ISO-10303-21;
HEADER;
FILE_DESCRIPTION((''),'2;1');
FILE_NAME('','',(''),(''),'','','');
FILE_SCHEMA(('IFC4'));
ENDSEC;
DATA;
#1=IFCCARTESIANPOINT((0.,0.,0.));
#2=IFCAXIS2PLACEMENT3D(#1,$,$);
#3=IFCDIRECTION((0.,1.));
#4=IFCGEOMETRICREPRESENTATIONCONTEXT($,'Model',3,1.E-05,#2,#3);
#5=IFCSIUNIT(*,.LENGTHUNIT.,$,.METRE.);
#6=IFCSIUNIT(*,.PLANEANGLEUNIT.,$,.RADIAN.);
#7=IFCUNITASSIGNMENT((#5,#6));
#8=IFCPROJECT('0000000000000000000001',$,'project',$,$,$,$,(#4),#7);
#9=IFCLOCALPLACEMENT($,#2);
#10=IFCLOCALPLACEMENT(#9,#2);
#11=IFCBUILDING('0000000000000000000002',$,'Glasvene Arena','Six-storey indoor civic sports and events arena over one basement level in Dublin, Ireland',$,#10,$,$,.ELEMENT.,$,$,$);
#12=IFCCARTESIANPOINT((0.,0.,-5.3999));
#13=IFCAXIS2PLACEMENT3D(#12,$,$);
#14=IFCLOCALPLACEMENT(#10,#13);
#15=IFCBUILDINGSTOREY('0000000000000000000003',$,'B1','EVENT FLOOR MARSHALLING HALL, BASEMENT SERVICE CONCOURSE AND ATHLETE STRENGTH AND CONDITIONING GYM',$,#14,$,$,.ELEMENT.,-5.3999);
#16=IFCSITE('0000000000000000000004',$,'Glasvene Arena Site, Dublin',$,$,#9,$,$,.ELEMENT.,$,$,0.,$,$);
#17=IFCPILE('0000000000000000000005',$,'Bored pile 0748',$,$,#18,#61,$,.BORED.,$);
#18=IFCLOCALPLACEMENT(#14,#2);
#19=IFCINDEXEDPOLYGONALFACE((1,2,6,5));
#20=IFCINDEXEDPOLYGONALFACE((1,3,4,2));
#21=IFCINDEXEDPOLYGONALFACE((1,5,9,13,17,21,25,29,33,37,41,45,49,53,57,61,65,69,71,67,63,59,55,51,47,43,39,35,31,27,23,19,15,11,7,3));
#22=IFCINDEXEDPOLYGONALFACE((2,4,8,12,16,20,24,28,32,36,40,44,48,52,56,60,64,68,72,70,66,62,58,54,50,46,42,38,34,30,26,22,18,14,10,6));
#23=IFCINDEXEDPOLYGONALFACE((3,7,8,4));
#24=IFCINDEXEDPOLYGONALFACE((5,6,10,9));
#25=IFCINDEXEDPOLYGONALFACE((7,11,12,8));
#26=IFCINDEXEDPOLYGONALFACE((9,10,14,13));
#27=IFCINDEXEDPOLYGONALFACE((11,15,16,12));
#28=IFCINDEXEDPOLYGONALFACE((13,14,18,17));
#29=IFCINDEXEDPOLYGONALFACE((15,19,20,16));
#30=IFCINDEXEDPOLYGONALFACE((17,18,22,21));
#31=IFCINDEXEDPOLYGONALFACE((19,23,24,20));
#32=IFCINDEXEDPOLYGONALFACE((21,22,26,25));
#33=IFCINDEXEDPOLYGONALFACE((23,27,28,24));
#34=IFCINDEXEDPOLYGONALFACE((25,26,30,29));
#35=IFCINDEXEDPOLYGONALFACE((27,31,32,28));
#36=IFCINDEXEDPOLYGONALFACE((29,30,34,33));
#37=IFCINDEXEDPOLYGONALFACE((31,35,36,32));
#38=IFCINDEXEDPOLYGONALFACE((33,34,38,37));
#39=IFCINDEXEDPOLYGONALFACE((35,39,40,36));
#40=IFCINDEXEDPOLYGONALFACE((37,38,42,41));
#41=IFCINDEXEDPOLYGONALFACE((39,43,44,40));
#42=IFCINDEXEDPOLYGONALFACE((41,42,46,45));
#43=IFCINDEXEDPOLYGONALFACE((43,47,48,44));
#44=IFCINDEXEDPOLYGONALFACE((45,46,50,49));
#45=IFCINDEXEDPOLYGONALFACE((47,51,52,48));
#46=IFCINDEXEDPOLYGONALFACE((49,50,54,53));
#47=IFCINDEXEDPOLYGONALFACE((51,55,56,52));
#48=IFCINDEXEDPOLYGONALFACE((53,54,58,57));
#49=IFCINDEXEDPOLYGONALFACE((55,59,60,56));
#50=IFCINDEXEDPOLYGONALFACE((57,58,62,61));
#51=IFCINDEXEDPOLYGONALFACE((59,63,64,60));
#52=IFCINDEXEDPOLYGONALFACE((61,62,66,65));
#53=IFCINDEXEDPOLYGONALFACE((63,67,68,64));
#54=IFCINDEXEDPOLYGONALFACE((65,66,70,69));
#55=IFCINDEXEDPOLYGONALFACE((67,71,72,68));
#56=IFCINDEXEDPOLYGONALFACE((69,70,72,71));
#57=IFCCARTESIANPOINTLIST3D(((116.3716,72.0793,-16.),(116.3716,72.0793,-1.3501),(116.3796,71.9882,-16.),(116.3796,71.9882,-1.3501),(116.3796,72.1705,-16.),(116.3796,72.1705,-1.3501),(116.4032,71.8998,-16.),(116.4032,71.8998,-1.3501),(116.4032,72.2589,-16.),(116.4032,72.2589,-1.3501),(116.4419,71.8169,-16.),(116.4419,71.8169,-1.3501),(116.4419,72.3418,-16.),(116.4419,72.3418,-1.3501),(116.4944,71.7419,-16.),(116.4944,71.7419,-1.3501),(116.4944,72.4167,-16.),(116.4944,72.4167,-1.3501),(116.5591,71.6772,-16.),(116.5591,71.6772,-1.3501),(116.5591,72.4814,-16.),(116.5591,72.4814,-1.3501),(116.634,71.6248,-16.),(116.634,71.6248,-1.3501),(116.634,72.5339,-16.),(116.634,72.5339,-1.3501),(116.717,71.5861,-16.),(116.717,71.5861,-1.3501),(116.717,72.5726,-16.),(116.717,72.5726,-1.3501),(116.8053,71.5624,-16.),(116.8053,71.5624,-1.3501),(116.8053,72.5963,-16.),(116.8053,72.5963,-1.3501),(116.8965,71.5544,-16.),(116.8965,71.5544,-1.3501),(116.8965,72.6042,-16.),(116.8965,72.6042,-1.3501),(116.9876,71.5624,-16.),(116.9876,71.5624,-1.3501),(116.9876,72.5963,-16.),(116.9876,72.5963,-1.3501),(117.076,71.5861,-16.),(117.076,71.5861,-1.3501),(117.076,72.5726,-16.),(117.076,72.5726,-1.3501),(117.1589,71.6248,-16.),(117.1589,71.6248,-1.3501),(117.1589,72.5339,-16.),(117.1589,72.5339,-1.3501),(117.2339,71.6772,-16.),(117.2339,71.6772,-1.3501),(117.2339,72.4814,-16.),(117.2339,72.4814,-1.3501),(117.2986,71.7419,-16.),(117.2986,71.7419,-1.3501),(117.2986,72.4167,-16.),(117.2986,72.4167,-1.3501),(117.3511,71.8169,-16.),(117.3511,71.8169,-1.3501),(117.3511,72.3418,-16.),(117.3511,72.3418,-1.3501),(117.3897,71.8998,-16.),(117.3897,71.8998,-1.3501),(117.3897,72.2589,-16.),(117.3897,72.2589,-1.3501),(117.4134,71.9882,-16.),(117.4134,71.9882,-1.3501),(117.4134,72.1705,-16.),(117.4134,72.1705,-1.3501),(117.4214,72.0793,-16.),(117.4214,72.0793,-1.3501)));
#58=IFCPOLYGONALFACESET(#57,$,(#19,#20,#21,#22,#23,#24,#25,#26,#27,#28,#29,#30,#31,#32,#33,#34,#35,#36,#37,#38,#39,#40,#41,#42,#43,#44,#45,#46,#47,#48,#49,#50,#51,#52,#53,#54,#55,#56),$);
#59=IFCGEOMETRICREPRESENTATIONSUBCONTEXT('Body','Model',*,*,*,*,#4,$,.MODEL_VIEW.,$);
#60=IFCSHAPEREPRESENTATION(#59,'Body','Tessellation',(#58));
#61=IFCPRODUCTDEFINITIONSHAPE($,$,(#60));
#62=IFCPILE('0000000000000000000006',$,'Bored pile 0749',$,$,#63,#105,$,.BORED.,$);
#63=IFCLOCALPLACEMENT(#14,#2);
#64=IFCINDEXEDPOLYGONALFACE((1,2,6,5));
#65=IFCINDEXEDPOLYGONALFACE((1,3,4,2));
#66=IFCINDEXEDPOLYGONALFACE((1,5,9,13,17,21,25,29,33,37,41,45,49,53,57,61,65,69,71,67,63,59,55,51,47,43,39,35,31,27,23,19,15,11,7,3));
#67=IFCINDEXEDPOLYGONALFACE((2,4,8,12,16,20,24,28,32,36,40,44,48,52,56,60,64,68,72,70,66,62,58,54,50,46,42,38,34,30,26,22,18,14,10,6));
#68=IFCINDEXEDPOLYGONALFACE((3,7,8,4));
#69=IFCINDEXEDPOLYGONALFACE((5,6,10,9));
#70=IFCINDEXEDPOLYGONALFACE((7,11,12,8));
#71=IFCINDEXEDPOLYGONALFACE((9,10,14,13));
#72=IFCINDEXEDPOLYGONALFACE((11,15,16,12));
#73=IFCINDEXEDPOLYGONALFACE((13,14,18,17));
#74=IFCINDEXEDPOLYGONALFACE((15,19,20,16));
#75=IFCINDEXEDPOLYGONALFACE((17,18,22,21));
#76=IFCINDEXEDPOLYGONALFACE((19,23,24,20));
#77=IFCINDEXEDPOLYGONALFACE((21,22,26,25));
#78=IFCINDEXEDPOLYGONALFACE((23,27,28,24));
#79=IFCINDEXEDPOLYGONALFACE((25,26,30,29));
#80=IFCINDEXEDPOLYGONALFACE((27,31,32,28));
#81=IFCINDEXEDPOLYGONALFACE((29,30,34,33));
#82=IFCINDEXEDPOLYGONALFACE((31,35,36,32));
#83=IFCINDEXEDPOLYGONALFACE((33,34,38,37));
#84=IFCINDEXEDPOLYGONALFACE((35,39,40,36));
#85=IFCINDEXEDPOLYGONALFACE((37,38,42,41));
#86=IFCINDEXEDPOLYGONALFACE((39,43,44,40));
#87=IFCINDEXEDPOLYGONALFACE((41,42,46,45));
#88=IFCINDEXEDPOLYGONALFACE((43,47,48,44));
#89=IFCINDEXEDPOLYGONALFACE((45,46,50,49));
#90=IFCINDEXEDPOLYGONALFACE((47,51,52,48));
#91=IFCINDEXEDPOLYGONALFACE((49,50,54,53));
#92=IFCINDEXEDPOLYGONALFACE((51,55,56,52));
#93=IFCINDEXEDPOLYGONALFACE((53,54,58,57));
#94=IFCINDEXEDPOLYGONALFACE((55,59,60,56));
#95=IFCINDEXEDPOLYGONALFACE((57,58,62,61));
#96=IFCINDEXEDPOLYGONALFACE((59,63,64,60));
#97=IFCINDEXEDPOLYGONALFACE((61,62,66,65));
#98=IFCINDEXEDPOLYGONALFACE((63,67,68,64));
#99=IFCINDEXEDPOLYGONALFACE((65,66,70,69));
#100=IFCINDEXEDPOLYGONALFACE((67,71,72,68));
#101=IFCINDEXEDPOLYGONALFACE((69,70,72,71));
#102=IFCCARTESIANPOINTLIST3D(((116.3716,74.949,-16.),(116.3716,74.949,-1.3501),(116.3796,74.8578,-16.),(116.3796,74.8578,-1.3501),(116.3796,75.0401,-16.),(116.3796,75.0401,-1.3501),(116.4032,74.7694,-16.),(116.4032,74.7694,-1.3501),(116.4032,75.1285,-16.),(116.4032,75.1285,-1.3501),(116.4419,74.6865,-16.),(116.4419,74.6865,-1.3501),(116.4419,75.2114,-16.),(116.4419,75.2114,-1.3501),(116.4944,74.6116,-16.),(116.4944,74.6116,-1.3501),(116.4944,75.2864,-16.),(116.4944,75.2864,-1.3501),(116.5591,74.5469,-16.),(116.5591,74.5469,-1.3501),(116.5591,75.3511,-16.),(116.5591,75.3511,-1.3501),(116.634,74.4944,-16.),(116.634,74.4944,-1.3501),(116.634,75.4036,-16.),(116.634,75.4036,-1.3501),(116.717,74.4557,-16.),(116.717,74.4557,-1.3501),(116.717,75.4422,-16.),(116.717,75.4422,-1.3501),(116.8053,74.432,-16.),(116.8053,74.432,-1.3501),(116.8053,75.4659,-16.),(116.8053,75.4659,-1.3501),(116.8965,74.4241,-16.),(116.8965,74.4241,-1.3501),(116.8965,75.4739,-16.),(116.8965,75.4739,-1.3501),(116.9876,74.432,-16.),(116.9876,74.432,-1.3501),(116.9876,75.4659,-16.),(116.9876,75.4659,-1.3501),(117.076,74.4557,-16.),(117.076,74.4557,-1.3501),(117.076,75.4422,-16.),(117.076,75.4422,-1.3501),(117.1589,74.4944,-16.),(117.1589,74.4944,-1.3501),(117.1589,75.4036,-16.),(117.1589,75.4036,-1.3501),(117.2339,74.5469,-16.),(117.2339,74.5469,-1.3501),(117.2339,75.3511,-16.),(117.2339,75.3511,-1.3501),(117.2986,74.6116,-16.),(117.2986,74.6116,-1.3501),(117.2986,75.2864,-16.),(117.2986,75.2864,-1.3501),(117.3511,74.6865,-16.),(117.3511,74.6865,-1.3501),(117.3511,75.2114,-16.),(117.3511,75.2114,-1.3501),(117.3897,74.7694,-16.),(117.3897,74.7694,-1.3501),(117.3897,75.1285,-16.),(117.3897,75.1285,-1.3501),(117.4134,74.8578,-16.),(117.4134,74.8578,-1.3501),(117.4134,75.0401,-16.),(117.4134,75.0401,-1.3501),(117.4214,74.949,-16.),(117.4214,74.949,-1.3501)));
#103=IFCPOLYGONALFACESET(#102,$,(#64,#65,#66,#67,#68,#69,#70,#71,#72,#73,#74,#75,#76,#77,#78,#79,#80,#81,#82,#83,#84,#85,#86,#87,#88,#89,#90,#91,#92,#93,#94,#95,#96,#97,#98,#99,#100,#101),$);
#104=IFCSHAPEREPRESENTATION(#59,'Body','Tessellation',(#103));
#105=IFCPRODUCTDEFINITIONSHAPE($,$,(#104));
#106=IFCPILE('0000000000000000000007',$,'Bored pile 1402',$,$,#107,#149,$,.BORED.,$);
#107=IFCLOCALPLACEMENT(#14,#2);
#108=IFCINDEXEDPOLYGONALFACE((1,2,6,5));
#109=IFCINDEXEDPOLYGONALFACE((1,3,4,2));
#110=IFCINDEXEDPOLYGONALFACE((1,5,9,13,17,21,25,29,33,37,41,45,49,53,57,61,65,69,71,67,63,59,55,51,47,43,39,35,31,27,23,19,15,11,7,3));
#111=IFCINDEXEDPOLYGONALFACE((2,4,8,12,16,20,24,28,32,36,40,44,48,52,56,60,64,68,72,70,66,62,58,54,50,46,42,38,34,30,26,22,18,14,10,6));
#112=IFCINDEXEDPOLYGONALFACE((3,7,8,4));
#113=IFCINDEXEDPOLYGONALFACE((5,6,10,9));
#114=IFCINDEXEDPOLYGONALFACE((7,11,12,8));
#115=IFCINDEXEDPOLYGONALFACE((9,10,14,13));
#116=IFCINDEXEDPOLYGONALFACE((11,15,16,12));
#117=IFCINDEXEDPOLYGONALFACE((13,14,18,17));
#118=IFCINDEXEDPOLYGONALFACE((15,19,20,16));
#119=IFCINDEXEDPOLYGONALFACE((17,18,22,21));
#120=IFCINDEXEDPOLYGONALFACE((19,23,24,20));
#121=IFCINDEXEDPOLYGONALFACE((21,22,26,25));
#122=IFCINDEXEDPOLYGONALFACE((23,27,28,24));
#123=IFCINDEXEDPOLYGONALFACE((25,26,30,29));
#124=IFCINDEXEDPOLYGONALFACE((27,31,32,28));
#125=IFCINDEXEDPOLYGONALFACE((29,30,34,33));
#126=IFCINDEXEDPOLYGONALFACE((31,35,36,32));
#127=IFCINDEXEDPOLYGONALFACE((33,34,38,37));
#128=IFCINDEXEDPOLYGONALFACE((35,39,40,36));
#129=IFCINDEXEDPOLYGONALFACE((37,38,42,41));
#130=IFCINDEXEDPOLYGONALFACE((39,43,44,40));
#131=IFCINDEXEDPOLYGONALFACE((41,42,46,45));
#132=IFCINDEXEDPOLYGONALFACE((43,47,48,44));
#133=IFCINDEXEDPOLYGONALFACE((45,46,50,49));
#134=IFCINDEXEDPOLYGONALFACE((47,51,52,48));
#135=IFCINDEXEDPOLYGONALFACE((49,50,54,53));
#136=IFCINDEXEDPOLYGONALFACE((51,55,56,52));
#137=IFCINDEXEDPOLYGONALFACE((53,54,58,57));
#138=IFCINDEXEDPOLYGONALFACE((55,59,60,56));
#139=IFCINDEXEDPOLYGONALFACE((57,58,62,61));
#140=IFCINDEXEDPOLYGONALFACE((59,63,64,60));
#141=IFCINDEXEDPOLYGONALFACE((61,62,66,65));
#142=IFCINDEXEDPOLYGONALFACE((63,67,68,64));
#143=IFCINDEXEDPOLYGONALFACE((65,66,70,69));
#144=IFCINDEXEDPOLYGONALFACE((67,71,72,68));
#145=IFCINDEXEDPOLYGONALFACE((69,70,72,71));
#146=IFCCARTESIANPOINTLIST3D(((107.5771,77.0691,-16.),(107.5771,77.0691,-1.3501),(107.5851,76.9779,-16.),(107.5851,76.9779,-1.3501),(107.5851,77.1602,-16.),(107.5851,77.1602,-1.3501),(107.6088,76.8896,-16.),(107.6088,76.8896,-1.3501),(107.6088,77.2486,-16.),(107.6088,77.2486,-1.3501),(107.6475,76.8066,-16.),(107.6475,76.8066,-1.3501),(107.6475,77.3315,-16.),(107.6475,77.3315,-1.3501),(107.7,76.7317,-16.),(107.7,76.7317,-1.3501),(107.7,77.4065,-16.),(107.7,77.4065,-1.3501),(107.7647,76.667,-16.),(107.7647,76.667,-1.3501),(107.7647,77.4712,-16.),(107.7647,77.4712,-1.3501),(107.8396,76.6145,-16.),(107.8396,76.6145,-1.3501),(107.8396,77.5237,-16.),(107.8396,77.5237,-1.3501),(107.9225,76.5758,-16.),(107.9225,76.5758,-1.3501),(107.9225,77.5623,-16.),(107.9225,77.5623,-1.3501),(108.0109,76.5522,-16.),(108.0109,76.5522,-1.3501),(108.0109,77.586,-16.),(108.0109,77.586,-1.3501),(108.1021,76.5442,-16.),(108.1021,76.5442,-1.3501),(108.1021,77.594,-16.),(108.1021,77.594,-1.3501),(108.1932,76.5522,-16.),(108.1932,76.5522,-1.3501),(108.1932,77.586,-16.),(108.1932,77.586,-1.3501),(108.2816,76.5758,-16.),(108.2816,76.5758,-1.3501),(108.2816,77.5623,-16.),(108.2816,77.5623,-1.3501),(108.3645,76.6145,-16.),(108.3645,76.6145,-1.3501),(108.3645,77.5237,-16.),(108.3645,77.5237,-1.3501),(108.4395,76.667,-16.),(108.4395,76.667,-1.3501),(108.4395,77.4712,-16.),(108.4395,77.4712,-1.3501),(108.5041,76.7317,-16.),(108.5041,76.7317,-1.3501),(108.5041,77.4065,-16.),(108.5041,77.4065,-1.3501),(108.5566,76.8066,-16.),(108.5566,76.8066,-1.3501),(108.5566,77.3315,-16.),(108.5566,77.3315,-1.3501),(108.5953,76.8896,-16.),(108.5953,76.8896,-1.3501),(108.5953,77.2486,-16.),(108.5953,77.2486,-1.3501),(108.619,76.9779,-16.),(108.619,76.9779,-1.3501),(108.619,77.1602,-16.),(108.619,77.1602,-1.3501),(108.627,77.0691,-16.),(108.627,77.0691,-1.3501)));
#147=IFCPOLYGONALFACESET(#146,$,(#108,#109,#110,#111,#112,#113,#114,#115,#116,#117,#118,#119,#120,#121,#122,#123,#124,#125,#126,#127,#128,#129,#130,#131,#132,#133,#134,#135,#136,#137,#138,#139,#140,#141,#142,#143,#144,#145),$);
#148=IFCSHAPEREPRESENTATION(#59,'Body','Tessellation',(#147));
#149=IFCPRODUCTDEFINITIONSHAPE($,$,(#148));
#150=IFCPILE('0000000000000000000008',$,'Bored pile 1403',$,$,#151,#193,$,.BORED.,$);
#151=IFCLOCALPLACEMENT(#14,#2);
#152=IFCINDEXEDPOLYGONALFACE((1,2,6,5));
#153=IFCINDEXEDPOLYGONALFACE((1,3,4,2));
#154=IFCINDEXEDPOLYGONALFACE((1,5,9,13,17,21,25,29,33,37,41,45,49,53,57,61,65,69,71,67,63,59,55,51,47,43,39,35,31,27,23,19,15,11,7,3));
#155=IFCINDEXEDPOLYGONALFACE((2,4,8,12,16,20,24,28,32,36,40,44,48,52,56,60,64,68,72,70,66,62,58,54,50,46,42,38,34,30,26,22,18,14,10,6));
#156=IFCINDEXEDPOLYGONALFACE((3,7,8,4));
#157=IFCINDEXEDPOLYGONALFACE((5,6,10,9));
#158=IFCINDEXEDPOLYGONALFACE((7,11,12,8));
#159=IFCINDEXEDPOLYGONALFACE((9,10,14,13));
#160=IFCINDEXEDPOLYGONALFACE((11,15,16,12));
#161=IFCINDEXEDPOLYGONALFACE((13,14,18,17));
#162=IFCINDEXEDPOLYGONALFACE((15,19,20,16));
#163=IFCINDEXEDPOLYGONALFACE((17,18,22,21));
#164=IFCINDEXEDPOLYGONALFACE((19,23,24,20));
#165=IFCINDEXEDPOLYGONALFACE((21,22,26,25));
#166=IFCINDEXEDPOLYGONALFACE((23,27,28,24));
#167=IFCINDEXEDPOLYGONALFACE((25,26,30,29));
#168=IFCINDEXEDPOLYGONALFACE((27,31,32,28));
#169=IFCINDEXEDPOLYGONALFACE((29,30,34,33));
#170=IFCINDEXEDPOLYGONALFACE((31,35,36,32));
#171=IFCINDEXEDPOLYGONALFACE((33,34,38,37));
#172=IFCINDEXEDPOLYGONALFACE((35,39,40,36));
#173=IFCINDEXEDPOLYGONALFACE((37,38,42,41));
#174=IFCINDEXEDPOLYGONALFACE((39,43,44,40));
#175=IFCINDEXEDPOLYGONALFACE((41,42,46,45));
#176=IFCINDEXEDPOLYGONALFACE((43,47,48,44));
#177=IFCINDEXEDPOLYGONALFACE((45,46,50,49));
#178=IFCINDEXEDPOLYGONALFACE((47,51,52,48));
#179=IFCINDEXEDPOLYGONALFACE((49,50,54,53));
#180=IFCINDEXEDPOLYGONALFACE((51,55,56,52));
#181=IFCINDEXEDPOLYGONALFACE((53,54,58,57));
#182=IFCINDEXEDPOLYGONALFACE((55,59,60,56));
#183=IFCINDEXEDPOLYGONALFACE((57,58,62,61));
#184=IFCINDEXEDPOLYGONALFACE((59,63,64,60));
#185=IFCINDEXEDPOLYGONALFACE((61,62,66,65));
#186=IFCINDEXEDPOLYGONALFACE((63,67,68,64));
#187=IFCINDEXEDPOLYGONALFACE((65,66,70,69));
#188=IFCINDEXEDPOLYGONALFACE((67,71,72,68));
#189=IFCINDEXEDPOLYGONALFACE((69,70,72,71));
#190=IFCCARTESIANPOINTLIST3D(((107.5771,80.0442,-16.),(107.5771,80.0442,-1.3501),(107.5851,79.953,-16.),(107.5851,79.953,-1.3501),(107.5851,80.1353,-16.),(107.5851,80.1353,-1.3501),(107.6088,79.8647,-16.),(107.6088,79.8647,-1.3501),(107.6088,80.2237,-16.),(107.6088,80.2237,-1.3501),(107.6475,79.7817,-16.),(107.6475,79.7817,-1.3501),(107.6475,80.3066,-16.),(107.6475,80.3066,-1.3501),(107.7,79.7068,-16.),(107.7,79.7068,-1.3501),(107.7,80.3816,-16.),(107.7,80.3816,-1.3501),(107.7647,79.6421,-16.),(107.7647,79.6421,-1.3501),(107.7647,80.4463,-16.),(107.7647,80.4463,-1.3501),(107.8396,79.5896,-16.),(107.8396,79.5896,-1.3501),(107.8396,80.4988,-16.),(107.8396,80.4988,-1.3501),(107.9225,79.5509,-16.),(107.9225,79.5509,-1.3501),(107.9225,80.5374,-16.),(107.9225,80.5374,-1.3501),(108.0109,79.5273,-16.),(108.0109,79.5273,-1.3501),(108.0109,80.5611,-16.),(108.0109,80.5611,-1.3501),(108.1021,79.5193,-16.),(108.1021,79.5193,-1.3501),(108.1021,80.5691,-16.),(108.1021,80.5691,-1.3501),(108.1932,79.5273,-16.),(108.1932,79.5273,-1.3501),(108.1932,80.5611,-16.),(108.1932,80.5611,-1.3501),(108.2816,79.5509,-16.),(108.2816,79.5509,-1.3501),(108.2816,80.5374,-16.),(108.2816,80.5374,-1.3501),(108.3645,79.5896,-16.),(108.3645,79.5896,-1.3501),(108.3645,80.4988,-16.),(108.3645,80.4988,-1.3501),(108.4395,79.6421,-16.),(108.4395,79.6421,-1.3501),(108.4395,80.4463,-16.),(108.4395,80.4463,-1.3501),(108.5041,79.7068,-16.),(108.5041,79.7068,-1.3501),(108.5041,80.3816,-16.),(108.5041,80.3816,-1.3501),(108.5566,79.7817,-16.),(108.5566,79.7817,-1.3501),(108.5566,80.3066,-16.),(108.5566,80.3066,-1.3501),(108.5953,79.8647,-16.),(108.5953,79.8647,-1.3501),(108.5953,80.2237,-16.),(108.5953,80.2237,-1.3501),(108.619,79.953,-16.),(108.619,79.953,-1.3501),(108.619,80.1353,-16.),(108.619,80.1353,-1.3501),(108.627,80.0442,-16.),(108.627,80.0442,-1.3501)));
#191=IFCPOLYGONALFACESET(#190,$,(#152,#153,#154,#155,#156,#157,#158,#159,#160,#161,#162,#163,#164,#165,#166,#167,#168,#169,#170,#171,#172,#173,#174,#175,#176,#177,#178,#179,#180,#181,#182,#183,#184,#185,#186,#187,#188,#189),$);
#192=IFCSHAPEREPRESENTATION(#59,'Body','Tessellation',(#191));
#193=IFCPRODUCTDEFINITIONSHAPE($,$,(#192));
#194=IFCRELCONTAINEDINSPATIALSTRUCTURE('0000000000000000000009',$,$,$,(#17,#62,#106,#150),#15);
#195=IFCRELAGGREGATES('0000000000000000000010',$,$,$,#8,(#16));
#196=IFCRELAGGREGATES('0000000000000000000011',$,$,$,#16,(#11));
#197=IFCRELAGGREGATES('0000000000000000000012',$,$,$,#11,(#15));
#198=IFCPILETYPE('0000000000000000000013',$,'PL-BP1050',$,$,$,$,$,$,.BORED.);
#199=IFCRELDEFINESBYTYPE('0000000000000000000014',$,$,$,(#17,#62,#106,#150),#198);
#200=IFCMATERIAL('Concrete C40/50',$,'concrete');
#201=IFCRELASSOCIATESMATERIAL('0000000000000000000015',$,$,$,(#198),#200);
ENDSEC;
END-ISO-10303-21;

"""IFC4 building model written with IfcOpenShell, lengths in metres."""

from ifc_helpers import new_model, si_unit, direction, frame, origin, origin_2d, place, context, subcontext, project, spatial, circle, extrude, material, material_profile, profile_set, type_object, element, save


model = new_model("IFC4")

# Units and contexts
model_context = context("Model", 3, precision=1e-05, world=origin(), true_north=direction((0.0, 1.0)))
body_context = subcontext(model_context, "Body", "Model", "MODEL_VIEW")
ifc_project = project(units=[si_unit("LENGTHUNIT", "METRE"), si_unit("PLANEANGLEUNIT", "RADIAN")], contexts=[model_context])

# Site, building, storey
site_placement = place(None, origin())
site = spatial("IfcSite", under=ifc_project, at=site_placement, Name="Glasvene Arena Site, Dublin", CompositionType="ELEMENT", RefElevation=0.0)
building_placement = place(site_placement, origin())
building = spatial("IfcBuilding", under=site, at=building_placement, Name="Glasvene Arena", Description="Six-storey indoor civic sports and events arena over one basement level in Dublin, Ireland", CompositionType="ELEMENT")
storey_placement = place(building_placement, frame((0.0, 0.0, -5.3999)))
storey = spatial("IfcBuildingStorey", under=building, at=storey_placement, Name="B1", Description="EVENT FLOOR MARSHALLING HALL, BASEMENT SERVICE CONCOURSE AND ATHLETE STRENGTH AND CONDITIONING GYM", CompositionType="ELEMENT", Elevation=-5.3999)

# Piles
ifc_material_1 = material(Name="Concrete C40/50", Category="concrete")
ifc_material_profile_1 = material_profile(ifc_material_1, circle(Radius=0.5249, at=origin_2d()), Name="BORED PILE 1050")
ifc_profile_set_1 = profile_set([ifc_material_profile_1], Name="Concrete C40/50")
pile_type = type_object("IfcPileType", Name="PL-BP1050", PredefinedType="BORED", material=ifc_profile_set_1)
for number, where, z_axis, x_axis, name in (
    (1, (116.8965, 72.0793, -1.3501), (0.0, 0.0, -1.0), (1.0, 0.0, 0.0), "Bored pile 0748"),
    (2, (116.8965, 74.949, -1.3501), (0.0, 0.0, -1.0), (1.0, 0.0, 0.0), "Bored pile 0749"),
    (3, (108.1021, 77.0691, -1.3501), (0.0, 0.0, -1.0), (1.0, 0.0, 0.0), "Bored pile 1402"),
    (4, (108.1021, 80.0442, -1.3501), (0.0, 0.0, -1.0), (1.0, 0.0, 0.0), "Bored pile 1403"),
):
    element("IfcPile", number, at=place(storey_placement, frame(where, z_axis=z_axis, x_axis=x_axis)), inside=storey, type_object=pile_type, Name=name, PredefinedType="BORED", context=body_context, shape_type="SweptSolid", body=[
        extrude(circle(Radius=0.5249, at=origin_2d()), origin(), (0.0, 0.0, 1.0), 14.6499),
    ])

save(model, "model.ifc")
